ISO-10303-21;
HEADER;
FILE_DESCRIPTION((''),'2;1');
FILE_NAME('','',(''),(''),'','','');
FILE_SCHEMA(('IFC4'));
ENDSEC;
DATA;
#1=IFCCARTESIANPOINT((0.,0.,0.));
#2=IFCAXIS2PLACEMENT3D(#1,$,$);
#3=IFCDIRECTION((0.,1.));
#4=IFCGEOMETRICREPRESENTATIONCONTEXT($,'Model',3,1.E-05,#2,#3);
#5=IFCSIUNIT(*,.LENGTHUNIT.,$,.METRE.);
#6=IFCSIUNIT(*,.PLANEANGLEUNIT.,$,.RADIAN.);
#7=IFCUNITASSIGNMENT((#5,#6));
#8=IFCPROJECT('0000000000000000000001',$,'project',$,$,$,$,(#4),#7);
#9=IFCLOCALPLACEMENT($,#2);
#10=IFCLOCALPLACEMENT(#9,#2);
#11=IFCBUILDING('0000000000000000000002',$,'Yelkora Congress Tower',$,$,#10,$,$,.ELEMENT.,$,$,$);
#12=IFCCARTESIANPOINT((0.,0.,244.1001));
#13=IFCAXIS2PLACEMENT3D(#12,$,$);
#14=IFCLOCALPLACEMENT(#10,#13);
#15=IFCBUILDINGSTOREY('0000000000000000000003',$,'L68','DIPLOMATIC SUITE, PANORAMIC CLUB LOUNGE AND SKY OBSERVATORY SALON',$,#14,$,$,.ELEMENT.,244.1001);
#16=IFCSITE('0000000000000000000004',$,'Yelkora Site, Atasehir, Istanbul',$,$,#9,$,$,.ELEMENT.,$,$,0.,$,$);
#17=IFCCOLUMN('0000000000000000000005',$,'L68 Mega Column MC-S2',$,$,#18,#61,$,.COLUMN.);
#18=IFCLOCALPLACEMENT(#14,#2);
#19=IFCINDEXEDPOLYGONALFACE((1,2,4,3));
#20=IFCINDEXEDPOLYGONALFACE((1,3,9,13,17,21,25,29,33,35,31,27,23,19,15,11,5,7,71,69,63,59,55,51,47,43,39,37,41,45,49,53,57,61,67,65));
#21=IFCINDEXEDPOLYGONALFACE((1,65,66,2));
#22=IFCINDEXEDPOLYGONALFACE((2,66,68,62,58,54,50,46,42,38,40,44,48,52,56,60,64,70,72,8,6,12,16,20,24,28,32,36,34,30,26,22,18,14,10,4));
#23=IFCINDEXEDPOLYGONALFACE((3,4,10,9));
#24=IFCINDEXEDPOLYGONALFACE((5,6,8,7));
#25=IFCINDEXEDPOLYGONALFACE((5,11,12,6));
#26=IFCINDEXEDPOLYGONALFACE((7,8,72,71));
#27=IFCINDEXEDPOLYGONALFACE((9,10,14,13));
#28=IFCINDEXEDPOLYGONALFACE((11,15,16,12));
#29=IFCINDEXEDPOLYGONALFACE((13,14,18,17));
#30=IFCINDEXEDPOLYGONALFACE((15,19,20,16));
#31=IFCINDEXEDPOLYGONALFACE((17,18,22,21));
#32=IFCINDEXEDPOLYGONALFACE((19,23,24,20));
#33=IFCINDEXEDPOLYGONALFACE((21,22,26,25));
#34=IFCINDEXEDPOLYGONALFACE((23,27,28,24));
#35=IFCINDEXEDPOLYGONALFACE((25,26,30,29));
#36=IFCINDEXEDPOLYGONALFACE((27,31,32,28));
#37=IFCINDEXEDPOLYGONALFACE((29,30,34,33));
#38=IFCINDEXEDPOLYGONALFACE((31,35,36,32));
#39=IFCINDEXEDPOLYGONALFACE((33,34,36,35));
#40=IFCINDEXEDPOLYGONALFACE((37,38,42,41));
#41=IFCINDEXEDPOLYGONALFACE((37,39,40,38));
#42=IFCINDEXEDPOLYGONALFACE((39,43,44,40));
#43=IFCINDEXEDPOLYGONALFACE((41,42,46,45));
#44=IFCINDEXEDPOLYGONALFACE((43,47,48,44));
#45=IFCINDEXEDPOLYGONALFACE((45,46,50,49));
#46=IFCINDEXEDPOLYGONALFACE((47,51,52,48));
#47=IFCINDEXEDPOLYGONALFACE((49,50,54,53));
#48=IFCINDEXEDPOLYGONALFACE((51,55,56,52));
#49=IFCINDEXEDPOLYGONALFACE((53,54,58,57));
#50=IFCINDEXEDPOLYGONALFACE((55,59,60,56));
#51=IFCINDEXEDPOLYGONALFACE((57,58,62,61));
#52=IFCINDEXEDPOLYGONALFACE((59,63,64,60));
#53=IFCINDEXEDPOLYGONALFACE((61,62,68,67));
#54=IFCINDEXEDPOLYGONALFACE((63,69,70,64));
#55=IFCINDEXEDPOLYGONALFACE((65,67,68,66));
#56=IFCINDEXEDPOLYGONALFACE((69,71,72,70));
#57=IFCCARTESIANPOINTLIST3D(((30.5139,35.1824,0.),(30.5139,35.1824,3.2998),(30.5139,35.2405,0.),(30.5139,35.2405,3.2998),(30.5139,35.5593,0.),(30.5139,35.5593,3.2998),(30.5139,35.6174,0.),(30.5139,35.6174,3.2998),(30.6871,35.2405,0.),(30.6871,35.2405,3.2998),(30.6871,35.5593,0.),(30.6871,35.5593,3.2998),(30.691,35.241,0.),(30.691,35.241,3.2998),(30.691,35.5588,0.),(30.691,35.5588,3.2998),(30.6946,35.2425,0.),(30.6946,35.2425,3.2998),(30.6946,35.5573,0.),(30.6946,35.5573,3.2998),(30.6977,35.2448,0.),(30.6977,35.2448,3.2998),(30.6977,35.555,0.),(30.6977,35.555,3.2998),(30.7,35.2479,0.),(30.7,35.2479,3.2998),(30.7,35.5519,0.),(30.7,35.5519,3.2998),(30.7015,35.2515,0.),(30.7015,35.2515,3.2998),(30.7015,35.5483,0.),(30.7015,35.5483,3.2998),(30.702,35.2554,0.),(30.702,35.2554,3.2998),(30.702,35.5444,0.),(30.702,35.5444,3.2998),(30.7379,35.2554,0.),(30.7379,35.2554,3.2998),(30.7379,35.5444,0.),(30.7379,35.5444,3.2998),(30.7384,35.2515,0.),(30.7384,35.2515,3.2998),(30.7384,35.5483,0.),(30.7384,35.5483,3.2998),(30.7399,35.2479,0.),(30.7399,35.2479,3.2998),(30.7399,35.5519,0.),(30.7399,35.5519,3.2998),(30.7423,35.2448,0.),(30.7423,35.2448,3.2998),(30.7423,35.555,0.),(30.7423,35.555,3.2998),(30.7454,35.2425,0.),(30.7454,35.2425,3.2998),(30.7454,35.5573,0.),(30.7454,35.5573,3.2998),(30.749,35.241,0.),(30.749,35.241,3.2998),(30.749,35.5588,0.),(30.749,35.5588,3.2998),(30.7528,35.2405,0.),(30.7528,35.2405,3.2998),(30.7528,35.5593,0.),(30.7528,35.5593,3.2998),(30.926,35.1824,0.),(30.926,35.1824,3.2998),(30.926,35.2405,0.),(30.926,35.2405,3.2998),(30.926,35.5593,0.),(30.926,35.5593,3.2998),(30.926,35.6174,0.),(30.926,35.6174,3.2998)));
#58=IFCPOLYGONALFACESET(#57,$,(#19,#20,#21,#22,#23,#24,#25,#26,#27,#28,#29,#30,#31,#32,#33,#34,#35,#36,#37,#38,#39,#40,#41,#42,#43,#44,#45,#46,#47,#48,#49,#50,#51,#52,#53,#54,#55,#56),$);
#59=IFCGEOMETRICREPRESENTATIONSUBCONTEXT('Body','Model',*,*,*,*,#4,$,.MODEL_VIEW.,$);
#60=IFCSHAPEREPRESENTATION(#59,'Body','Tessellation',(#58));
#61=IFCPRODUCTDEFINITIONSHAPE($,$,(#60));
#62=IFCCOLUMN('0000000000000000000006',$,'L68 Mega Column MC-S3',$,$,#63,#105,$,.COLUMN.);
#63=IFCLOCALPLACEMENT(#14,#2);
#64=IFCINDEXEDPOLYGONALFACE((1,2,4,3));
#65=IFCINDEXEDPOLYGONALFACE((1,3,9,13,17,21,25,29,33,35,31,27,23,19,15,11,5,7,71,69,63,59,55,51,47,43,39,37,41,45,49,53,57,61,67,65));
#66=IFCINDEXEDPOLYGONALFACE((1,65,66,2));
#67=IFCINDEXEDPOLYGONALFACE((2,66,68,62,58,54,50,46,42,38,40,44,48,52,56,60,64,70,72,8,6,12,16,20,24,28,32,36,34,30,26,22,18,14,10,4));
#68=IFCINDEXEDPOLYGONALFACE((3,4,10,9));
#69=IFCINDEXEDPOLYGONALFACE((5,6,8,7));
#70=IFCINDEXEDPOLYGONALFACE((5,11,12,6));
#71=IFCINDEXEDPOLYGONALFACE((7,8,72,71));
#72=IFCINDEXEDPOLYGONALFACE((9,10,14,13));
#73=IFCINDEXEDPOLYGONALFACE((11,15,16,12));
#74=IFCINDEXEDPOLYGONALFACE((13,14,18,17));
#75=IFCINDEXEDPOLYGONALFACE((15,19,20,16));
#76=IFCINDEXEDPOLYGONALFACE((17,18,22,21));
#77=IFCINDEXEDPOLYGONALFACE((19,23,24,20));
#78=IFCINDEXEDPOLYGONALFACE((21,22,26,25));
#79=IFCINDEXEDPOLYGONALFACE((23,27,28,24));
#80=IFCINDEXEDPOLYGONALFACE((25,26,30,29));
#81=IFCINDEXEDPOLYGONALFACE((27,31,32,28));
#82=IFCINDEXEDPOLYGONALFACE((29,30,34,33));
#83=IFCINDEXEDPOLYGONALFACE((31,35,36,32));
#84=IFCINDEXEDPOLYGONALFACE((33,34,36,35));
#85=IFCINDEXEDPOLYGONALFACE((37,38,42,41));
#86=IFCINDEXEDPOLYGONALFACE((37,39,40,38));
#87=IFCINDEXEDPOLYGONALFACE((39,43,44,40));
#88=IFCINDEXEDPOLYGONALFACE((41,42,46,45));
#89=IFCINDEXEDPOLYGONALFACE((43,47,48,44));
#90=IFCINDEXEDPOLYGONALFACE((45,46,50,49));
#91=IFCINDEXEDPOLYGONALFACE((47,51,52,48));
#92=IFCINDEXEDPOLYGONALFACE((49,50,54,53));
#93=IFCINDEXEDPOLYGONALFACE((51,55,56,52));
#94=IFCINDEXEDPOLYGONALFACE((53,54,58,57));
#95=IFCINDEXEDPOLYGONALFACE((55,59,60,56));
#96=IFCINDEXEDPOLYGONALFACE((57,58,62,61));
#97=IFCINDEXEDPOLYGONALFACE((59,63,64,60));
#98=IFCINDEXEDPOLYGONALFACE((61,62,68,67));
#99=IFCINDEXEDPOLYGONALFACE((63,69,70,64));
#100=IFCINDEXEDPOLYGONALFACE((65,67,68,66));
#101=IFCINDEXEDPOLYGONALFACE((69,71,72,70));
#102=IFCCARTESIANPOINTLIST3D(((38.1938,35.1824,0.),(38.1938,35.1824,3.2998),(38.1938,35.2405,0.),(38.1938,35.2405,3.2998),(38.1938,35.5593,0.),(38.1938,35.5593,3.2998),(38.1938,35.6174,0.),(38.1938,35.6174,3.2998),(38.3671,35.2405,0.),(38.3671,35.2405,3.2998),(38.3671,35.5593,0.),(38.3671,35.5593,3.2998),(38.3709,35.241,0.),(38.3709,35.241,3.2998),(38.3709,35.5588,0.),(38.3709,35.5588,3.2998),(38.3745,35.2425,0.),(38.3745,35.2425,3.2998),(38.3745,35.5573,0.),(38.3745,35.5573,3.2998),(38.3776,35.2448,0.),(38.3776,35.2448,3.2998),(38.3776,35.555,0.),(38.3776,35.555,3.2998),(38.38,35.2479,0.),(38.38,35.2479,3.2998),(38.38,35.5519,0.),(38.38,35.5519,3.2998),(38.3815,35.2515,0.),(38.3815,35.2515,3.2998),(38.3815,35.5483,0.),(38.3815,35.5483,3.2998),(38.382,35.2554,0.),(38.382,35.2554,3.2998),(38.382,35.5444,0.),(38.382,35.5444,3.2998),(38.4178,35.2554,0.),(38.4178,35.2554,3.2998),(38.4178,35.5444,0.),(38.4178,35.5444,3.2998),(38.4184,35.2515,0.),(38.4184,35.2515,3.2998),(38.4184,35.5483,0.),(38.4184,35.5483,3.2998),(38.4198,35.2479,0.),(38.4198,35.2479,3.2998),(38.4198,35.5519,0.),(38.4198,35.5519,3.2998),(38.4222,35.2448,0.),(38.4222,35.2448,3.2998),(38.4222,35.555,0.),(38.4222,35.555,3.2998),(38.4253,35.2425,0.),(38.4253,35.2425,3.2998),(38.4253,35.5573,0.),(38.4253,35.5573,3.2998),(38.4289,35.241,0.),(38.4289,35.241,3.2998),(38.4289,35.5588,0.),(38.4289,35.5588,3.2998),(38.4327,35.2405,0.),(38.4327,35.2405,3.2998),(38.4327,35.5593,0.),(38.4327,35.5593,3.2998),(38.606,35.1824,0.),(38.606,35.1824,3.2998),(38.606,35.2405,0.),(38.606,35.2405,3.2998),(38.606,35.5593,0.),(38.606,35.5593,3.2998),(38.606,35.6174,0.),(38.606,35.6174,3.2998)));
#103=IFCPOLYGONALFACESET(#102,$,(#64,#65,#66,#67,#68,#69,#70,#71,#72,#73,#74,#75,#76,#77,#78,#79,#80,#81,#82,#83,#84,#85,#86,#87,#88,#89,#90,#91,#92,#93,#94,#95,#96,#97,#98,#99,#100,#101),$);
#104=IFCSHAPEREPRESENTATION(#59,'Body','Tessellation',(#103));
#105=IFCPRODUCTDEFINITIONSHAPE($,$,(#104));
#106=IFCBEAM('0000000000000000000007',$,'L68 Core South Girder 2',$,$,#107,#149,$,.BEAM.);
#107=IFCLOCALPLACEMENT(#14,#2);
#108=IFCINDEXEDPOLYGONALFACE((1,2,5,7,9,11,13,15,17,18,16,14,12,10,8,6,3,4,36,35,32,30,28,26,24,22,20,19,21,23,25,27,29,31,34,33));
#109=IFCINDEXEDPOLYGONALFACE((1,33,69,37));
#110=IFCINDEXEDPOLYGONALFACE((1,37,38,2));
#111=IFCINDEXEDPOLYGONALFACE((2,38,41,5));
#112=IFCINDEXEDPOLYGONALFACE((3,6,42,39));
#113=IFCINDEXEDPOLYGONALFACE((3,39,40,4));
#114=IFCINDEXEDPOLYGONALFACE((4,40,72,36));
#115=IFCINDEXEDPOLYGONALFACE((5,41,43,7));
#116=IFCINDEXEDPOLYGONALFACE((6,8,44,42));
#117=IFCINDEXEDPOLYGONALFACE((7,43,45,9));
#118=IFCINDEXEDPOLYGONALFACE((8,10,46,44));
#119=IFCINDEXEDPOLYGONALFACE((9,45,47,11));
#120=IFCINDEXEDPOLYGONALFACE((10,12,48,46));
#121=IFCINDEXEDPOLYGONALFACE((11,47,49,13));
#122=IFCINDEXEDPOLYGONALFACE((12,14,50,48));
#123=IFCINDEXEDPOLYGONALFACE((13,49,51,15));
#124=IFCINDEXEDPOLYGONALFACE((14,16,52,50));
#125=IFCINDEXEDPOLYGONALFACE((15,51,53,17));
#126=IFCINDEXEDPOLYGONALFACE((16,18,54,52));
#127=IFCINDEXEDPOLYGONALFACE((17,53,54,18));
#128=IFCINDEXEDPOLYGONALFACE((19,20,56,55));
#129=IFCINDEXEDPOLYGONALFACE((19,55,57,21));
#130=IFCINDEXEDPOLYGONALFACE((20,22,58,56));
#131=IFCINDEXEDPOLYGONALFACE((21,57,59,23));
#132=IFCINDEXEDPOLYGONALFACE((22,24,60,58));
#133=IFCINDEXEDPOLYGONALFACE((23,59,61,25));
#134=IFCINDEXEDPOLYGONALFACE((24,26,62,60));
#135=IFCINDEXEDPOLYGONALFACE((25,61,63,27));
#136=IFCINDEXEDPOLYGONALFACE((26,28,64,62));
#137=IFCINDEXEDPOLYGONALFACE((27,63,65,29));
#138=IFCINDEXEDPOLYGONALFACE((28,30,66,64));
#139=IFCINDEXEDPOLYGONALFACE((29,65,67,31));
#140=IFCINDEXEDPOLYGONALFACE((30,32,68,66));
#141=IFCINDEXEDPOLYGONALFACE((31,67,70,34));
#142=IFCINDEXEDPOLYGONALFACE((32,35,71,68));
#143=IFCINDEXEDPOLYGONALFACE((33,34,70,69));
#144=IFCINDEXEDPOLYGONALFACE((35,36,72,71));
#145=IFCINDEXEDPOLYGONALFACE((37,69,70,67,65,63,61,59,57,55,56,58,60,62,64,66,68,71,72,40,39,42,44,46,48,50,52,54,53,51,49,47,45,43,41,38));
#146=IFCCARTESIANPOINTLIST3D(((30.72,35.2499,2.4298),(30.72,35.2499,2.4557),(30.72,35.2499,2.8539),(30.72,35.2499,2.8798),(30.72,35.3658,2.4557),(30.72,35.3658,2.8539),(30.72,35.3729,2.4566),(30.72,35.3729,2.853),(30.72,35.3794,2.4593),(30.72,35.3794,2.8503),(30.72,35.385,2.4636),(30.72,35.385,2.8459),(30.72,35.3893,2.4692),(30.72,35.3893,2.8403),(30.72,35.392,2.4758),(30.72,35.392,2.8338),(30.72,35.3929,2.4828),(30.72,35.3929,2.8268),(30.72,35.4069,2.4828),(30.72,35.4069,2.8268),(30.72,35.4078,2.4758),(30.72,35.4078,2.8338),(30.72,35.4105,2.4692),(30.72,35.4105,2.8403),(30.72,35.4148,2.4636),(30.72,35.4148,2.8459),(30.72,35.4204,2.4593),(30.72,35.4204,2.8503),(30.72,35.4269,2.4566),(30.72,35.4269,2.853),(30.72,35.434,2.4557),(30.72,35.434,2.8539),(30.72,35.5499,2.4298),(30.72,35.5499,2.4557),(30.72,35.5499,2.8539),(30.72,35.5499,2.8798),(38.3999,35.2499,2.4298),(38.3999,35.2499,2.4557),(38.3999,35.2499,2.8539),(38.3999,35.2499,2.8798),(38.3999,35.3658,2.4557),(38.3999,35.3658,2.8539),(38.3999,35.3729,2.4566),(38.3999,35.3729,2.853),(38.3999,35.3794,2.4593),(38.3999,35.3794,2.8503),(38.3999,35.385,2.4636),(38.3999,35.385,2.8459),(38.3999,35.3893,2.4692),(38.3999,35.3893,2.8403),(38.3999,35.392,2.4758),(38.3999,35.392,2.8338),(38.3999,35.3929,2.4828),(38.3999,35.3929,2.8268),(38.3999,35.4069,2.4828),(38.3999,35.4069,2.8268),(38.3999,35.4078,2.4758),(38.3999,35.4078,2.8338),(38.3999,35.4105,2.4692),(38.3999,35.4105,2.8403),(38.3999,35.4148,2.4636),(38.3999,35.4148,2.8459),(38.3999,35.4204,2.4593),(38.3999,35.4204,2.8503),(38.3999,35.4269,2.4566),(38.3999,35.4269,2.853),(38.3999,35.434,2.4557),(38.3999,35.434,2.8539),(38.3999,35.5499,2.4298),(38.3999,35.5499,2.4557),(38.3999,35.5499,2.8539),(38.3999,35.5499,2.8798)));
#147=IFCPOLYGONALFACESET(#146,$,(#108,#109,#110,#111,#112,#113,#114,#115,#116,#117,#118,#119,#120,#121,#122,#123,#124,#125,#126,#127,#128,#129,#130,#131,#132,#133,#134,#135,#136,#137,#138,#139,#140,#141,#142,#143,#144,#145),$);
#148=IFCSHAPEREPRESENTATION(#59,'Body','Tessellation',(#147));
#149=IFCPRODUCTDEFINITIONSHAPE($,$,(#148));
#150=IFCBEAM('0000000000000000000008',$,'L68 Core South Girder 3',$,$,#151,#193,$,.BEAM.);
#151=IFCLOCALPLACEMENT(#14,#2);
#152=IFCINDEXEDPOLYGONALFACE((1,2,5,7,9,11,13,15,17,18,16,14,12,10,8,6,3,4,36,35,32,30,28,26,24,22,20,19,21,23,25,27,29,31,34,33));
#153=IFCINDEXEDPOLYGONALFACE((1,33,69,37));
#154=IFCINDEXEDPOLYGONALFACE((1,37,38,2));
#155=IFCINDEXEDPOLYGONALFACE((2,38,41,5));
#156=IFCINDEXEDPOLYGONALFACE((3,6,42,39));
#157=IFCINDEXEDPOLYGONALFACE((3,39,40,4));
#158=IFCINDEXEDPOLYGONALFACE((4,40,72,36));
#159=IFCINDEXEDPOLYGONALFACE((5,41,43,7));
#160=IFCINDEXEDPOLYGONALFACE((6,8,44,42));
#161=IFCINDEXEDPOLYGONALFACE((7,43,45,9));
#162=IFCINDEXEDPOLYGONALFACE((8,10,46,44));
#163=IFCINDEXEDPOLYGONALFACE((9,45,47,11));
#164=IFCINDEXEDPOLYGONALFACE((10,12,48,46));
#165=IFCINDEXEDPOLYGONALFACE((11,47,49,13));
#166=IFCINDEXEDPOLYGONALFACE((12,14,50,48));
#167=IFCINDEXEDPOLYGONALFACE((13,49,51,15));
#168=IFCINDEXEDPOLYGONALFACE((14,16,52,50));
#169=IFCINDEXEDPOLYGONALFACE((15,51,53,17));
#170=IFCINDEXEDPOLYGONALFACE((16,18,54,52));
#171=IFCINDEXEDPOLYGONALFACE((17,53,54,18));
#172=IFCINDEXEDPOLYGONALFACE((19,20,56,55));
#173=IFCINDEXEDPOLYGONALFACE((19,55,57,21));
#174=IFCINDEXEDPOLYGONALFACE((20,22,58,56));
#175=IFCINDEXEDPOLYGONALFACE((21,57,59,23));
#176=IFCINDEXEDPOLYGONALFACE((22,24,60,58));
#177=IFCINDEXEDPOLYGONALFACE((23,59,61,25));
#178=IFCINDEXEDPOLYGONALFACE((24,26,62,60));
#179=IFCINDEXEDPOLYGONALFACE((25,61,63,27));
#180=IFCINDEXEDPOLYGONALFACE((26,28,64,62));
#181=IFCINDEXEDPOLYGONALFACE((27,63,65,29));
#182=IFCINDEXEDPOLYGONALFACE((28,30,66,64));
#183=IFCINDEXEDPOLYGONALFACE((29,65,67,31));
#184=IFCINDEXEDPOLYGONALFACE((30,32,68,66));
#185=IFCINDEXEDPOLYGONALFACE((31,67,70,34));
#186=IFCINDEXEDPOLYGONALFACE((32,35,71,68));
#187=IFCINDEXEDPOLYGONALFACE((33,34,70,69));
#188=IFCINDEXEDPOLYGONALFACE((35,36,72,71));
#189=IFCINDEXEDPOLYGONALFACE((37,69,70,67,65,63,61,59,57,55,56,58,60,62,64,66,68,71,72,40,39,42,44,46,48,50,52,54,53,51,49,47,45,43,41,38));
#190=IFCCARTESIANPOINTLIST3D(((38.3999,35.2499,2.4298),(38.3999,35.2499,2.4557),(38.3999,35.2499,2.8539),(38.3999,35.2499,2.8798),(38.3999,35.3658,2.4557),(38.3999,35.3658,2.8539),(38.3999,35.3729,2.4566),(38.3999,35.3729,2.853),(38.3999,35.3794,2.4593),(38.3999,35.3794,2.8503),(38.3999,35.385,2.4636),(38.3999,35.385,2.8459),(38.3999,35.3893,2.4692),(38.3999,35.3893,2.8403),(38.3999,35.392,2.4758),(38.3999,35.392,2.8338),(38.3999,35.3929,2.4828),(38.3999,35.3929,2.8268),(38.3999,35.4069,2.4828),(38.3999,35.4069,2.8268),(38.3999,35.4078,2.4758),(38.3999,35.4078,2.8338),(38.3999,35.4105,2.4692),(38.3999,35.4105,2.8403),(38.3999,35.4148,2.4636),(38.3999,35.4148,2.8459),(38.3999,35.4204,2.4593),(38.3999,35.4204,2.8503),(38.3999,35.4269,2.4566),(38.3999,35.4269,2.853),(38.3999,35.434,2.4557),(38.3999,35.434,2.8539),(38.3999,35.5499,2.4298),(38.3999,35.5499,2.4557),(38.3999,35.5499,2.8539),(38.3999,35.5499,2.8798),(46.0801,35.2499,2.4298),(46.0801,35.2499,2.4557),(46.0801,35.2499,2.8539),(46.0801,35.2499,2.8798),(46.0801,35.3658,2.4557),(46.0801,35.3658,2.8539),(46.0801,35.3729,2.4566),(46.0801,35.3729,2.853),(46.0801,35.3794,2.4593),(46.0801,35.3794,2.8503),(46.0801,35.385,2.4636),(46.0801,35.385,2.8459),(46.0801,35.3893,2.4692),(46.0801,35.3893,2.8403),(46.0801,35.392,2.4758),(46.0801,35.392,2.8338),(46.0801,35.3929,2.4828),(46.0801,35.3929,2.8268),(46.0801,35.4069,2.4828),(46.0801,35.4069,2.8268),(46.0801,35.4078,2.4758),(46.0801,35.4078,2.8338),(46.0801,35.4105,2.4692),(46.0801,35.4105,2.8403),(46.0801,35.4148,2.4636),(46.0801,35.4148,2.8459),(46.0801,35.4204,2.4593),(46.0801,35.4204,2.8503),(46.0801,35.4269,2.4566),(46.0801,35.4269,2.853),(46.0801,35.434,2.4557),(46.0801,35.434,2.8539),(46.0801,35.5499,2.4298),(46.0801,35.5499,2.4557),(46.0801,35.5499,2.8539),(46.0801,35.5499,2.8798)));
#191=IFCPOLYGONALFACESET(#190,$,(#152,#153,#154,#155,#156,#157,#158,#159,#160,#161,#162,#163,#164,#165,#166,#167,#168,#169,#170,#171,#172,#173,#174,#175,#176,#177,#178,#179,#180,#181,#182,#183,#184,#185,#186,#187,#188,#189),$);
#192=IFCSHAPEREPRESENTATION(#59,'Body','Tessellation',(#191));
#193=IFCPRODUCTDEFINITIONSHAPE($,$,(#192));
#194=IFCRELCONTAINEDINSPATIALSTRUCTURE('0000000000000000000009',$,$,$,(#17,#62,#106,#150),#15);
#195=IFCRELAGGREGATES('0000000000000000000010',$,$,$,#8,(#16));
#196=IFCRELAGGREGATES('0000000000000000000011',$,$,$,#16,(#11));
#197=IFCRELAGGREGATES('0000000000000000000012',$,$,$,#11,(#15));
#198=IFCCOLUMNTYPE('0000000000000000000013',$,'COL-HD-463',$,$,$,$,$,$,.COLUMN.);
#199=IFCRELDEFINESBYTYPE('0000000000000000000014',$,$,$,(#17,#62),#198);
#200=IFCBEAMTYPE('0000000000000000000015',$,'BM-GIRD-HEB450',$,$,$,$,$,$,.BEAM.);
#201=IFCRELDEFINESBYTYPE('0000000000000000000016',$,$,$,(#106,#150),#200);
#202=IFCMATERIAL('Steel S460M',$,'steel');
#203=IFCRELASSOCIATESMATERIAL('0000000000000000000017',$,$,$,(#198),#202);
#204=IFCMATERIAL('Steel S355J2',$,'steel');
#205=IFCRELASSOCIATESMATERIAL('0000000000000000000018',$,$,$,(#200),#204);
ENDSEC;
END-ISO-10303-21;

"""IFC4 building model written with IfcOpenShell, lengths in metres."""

from ifc_helpers import new_model, si_unit, direction, frame, origin, origin_2d, place, context, subcontext, project, spatial, i_section, extrude, material, material_profile, profile_set, type_object, element, save


model = new_model("IFC4")

# Units and contexts
model_context = context("Model", 3, precision=1e-05, world=origin(), true_north=direction((0.0, 1.0)))
body_context = subcontext(model_context, "Body", "Model", "MODEL_VIEW")
ifc_project = project(units=[si_unit("LENGTHUNIT", "METRE"), si_unit("PLANEANGLEUNIT", "RADIAN")], contexts=[model_context])

# Site, building, storey
site_placement = place(None, origin())
site = spatial("IfcSite", under=ifc_project, at=site_placement, Name="Yelkora Site, Atasehir, Istanbul", CompositionType="ELEMENT", RefElevation=0.0)
building_placement = place(site_placement, origin())
building = spatial("IfcBuilding", under=site, at=building_placement, Name="Yelkora Congress Tower", CompositionType="ELEMENT")
storey_placement = place(building_placement, frame((0.0, 0.0, 244.1001)))
storey = spatial("IfcBuildingStorey", under=building, at=storey_placement, Name="L68", Description="DIPLOMATIC SUITE, PANORAMIC CLUB LOUNGE AND SKY OBSERVATORY SALON", CompositionType="ELEMENT", Elevation=244.1001)

# Columns
ifc_material_1 = material(Name="Steel S460M", Category="steel")
ifc_material_profile_1 = material_profile(ifc_material_1, i_section(OverallWidth=0.4121, OverallDepth=0.4351, WebThickness=0.0359, FlangeThickness=0.0581, FilletRadius=0.0149, at=origin_2d()), Name="HD 400x463")
ifc_profile_set_1 = profile_set([ifc_material_profile_1], Name="Steel S460M")
column_type = type_object("IfcColumnType", Name="COL-HD-463", PredefinedType="COLUMN", material=ifc_profile_set_1)
for number, where, z_axis, x_axis, name in (
    (1, (30.72, 35.3999, 0.0), (0.0, 0.0, 1.0), (1.0, 0.0, 0.0), "L68 Mega Column MC-S2"),
    (2, (38.3999, 35.3999, 0.0), (0.0, 0.0, 1.0), (1.0, 0.0, 0.0), "L68 Mega Column MC-S3"),
):
    element("IfcColumn", number, at=place(storey_placement, frame(where, z_axis=z_axis, x_axis=x_axis)), inside=storey, type_object=column_type, Name=name, PredefinedType="COLUMN", context=body_context, shape_type="SweptSolid", body=[
        extrude(i_section(OverallWidth=0.4121, OverallDepth=0.4351, WebThickness=0.0359, FlangeThickness=0.0581, FilletRadius=0.0149, at=origin_2d()), origin(), (0.0, 0.0, 1.0), 3.2998),
    ])

# Beams
ifc_material_2 = material(Name="Steel S355J2", Category="steel")
ifc_material_profile_2 = material_profile(ifc_material_2, i_section(OverallWidth=0.3, OverallDepth=0.45, WebThickness=0.0139, FlangeThickness=0.0259, FilletRadius=0.0271, at=origin_2d()), Name="HEB 450")
ifc_profile_set_2 = profile_set([ifc_material_profile_2], Name="Steel S355J2")
beam_type = type_object("IfcBeamType", Name="BM-GIRD-HEB450", PredefinedType="BEAM", material=ifc_profile_set_2)
beam_1_placement = place(storey_placement, frame((30.72, 35.3999, 2.6548), z_axis=(1.0, 0.0, 0.0), x_axis=(0.0, 1.0, 0.0)))
element("IfcBeam", 3, at=beam_1_placement, inside=storey, type_object=beam_type, Name="L68 Core South Girder 2", PredefinedType="BEAM", context=body_context, shape_type="SweptSolid", body=[
    extrude(i_section(OverallWidth=0.3, OverallDepth=0.45, WebThickness=0.0139, FlangeThickness=0.0259, FilletRadius=0.0271, at=origin_2d()), origin(), (0.0, 0.0, 1.0), 7.6799),
])
beam_2_placement = place(storey_placement, frame((38.3999, 35.3999, 2.6548), z_axis=(1.0, 0.0, 0.0), x_axis=(0.0, 1.0, 0.0)))
element("IfcBeam", 4, at=beam_2_placement, inside=storey, type_object=beam_type, Name="L68 Core South Girder 3", PredefinedType="BEAM", context=body_context, shape_type="SweptSolid", body=[
    extrude(i_section(OverallWidth=0.3, OverallDepth=0.45, WebThickness=0.0139, FlangeThickness=0.0259, FilletRadius=0.0271, at=origin_2d()), origin(), (0.0, 0.0, 1.0), 7.6802),
])

save(model, "model.ifc")
